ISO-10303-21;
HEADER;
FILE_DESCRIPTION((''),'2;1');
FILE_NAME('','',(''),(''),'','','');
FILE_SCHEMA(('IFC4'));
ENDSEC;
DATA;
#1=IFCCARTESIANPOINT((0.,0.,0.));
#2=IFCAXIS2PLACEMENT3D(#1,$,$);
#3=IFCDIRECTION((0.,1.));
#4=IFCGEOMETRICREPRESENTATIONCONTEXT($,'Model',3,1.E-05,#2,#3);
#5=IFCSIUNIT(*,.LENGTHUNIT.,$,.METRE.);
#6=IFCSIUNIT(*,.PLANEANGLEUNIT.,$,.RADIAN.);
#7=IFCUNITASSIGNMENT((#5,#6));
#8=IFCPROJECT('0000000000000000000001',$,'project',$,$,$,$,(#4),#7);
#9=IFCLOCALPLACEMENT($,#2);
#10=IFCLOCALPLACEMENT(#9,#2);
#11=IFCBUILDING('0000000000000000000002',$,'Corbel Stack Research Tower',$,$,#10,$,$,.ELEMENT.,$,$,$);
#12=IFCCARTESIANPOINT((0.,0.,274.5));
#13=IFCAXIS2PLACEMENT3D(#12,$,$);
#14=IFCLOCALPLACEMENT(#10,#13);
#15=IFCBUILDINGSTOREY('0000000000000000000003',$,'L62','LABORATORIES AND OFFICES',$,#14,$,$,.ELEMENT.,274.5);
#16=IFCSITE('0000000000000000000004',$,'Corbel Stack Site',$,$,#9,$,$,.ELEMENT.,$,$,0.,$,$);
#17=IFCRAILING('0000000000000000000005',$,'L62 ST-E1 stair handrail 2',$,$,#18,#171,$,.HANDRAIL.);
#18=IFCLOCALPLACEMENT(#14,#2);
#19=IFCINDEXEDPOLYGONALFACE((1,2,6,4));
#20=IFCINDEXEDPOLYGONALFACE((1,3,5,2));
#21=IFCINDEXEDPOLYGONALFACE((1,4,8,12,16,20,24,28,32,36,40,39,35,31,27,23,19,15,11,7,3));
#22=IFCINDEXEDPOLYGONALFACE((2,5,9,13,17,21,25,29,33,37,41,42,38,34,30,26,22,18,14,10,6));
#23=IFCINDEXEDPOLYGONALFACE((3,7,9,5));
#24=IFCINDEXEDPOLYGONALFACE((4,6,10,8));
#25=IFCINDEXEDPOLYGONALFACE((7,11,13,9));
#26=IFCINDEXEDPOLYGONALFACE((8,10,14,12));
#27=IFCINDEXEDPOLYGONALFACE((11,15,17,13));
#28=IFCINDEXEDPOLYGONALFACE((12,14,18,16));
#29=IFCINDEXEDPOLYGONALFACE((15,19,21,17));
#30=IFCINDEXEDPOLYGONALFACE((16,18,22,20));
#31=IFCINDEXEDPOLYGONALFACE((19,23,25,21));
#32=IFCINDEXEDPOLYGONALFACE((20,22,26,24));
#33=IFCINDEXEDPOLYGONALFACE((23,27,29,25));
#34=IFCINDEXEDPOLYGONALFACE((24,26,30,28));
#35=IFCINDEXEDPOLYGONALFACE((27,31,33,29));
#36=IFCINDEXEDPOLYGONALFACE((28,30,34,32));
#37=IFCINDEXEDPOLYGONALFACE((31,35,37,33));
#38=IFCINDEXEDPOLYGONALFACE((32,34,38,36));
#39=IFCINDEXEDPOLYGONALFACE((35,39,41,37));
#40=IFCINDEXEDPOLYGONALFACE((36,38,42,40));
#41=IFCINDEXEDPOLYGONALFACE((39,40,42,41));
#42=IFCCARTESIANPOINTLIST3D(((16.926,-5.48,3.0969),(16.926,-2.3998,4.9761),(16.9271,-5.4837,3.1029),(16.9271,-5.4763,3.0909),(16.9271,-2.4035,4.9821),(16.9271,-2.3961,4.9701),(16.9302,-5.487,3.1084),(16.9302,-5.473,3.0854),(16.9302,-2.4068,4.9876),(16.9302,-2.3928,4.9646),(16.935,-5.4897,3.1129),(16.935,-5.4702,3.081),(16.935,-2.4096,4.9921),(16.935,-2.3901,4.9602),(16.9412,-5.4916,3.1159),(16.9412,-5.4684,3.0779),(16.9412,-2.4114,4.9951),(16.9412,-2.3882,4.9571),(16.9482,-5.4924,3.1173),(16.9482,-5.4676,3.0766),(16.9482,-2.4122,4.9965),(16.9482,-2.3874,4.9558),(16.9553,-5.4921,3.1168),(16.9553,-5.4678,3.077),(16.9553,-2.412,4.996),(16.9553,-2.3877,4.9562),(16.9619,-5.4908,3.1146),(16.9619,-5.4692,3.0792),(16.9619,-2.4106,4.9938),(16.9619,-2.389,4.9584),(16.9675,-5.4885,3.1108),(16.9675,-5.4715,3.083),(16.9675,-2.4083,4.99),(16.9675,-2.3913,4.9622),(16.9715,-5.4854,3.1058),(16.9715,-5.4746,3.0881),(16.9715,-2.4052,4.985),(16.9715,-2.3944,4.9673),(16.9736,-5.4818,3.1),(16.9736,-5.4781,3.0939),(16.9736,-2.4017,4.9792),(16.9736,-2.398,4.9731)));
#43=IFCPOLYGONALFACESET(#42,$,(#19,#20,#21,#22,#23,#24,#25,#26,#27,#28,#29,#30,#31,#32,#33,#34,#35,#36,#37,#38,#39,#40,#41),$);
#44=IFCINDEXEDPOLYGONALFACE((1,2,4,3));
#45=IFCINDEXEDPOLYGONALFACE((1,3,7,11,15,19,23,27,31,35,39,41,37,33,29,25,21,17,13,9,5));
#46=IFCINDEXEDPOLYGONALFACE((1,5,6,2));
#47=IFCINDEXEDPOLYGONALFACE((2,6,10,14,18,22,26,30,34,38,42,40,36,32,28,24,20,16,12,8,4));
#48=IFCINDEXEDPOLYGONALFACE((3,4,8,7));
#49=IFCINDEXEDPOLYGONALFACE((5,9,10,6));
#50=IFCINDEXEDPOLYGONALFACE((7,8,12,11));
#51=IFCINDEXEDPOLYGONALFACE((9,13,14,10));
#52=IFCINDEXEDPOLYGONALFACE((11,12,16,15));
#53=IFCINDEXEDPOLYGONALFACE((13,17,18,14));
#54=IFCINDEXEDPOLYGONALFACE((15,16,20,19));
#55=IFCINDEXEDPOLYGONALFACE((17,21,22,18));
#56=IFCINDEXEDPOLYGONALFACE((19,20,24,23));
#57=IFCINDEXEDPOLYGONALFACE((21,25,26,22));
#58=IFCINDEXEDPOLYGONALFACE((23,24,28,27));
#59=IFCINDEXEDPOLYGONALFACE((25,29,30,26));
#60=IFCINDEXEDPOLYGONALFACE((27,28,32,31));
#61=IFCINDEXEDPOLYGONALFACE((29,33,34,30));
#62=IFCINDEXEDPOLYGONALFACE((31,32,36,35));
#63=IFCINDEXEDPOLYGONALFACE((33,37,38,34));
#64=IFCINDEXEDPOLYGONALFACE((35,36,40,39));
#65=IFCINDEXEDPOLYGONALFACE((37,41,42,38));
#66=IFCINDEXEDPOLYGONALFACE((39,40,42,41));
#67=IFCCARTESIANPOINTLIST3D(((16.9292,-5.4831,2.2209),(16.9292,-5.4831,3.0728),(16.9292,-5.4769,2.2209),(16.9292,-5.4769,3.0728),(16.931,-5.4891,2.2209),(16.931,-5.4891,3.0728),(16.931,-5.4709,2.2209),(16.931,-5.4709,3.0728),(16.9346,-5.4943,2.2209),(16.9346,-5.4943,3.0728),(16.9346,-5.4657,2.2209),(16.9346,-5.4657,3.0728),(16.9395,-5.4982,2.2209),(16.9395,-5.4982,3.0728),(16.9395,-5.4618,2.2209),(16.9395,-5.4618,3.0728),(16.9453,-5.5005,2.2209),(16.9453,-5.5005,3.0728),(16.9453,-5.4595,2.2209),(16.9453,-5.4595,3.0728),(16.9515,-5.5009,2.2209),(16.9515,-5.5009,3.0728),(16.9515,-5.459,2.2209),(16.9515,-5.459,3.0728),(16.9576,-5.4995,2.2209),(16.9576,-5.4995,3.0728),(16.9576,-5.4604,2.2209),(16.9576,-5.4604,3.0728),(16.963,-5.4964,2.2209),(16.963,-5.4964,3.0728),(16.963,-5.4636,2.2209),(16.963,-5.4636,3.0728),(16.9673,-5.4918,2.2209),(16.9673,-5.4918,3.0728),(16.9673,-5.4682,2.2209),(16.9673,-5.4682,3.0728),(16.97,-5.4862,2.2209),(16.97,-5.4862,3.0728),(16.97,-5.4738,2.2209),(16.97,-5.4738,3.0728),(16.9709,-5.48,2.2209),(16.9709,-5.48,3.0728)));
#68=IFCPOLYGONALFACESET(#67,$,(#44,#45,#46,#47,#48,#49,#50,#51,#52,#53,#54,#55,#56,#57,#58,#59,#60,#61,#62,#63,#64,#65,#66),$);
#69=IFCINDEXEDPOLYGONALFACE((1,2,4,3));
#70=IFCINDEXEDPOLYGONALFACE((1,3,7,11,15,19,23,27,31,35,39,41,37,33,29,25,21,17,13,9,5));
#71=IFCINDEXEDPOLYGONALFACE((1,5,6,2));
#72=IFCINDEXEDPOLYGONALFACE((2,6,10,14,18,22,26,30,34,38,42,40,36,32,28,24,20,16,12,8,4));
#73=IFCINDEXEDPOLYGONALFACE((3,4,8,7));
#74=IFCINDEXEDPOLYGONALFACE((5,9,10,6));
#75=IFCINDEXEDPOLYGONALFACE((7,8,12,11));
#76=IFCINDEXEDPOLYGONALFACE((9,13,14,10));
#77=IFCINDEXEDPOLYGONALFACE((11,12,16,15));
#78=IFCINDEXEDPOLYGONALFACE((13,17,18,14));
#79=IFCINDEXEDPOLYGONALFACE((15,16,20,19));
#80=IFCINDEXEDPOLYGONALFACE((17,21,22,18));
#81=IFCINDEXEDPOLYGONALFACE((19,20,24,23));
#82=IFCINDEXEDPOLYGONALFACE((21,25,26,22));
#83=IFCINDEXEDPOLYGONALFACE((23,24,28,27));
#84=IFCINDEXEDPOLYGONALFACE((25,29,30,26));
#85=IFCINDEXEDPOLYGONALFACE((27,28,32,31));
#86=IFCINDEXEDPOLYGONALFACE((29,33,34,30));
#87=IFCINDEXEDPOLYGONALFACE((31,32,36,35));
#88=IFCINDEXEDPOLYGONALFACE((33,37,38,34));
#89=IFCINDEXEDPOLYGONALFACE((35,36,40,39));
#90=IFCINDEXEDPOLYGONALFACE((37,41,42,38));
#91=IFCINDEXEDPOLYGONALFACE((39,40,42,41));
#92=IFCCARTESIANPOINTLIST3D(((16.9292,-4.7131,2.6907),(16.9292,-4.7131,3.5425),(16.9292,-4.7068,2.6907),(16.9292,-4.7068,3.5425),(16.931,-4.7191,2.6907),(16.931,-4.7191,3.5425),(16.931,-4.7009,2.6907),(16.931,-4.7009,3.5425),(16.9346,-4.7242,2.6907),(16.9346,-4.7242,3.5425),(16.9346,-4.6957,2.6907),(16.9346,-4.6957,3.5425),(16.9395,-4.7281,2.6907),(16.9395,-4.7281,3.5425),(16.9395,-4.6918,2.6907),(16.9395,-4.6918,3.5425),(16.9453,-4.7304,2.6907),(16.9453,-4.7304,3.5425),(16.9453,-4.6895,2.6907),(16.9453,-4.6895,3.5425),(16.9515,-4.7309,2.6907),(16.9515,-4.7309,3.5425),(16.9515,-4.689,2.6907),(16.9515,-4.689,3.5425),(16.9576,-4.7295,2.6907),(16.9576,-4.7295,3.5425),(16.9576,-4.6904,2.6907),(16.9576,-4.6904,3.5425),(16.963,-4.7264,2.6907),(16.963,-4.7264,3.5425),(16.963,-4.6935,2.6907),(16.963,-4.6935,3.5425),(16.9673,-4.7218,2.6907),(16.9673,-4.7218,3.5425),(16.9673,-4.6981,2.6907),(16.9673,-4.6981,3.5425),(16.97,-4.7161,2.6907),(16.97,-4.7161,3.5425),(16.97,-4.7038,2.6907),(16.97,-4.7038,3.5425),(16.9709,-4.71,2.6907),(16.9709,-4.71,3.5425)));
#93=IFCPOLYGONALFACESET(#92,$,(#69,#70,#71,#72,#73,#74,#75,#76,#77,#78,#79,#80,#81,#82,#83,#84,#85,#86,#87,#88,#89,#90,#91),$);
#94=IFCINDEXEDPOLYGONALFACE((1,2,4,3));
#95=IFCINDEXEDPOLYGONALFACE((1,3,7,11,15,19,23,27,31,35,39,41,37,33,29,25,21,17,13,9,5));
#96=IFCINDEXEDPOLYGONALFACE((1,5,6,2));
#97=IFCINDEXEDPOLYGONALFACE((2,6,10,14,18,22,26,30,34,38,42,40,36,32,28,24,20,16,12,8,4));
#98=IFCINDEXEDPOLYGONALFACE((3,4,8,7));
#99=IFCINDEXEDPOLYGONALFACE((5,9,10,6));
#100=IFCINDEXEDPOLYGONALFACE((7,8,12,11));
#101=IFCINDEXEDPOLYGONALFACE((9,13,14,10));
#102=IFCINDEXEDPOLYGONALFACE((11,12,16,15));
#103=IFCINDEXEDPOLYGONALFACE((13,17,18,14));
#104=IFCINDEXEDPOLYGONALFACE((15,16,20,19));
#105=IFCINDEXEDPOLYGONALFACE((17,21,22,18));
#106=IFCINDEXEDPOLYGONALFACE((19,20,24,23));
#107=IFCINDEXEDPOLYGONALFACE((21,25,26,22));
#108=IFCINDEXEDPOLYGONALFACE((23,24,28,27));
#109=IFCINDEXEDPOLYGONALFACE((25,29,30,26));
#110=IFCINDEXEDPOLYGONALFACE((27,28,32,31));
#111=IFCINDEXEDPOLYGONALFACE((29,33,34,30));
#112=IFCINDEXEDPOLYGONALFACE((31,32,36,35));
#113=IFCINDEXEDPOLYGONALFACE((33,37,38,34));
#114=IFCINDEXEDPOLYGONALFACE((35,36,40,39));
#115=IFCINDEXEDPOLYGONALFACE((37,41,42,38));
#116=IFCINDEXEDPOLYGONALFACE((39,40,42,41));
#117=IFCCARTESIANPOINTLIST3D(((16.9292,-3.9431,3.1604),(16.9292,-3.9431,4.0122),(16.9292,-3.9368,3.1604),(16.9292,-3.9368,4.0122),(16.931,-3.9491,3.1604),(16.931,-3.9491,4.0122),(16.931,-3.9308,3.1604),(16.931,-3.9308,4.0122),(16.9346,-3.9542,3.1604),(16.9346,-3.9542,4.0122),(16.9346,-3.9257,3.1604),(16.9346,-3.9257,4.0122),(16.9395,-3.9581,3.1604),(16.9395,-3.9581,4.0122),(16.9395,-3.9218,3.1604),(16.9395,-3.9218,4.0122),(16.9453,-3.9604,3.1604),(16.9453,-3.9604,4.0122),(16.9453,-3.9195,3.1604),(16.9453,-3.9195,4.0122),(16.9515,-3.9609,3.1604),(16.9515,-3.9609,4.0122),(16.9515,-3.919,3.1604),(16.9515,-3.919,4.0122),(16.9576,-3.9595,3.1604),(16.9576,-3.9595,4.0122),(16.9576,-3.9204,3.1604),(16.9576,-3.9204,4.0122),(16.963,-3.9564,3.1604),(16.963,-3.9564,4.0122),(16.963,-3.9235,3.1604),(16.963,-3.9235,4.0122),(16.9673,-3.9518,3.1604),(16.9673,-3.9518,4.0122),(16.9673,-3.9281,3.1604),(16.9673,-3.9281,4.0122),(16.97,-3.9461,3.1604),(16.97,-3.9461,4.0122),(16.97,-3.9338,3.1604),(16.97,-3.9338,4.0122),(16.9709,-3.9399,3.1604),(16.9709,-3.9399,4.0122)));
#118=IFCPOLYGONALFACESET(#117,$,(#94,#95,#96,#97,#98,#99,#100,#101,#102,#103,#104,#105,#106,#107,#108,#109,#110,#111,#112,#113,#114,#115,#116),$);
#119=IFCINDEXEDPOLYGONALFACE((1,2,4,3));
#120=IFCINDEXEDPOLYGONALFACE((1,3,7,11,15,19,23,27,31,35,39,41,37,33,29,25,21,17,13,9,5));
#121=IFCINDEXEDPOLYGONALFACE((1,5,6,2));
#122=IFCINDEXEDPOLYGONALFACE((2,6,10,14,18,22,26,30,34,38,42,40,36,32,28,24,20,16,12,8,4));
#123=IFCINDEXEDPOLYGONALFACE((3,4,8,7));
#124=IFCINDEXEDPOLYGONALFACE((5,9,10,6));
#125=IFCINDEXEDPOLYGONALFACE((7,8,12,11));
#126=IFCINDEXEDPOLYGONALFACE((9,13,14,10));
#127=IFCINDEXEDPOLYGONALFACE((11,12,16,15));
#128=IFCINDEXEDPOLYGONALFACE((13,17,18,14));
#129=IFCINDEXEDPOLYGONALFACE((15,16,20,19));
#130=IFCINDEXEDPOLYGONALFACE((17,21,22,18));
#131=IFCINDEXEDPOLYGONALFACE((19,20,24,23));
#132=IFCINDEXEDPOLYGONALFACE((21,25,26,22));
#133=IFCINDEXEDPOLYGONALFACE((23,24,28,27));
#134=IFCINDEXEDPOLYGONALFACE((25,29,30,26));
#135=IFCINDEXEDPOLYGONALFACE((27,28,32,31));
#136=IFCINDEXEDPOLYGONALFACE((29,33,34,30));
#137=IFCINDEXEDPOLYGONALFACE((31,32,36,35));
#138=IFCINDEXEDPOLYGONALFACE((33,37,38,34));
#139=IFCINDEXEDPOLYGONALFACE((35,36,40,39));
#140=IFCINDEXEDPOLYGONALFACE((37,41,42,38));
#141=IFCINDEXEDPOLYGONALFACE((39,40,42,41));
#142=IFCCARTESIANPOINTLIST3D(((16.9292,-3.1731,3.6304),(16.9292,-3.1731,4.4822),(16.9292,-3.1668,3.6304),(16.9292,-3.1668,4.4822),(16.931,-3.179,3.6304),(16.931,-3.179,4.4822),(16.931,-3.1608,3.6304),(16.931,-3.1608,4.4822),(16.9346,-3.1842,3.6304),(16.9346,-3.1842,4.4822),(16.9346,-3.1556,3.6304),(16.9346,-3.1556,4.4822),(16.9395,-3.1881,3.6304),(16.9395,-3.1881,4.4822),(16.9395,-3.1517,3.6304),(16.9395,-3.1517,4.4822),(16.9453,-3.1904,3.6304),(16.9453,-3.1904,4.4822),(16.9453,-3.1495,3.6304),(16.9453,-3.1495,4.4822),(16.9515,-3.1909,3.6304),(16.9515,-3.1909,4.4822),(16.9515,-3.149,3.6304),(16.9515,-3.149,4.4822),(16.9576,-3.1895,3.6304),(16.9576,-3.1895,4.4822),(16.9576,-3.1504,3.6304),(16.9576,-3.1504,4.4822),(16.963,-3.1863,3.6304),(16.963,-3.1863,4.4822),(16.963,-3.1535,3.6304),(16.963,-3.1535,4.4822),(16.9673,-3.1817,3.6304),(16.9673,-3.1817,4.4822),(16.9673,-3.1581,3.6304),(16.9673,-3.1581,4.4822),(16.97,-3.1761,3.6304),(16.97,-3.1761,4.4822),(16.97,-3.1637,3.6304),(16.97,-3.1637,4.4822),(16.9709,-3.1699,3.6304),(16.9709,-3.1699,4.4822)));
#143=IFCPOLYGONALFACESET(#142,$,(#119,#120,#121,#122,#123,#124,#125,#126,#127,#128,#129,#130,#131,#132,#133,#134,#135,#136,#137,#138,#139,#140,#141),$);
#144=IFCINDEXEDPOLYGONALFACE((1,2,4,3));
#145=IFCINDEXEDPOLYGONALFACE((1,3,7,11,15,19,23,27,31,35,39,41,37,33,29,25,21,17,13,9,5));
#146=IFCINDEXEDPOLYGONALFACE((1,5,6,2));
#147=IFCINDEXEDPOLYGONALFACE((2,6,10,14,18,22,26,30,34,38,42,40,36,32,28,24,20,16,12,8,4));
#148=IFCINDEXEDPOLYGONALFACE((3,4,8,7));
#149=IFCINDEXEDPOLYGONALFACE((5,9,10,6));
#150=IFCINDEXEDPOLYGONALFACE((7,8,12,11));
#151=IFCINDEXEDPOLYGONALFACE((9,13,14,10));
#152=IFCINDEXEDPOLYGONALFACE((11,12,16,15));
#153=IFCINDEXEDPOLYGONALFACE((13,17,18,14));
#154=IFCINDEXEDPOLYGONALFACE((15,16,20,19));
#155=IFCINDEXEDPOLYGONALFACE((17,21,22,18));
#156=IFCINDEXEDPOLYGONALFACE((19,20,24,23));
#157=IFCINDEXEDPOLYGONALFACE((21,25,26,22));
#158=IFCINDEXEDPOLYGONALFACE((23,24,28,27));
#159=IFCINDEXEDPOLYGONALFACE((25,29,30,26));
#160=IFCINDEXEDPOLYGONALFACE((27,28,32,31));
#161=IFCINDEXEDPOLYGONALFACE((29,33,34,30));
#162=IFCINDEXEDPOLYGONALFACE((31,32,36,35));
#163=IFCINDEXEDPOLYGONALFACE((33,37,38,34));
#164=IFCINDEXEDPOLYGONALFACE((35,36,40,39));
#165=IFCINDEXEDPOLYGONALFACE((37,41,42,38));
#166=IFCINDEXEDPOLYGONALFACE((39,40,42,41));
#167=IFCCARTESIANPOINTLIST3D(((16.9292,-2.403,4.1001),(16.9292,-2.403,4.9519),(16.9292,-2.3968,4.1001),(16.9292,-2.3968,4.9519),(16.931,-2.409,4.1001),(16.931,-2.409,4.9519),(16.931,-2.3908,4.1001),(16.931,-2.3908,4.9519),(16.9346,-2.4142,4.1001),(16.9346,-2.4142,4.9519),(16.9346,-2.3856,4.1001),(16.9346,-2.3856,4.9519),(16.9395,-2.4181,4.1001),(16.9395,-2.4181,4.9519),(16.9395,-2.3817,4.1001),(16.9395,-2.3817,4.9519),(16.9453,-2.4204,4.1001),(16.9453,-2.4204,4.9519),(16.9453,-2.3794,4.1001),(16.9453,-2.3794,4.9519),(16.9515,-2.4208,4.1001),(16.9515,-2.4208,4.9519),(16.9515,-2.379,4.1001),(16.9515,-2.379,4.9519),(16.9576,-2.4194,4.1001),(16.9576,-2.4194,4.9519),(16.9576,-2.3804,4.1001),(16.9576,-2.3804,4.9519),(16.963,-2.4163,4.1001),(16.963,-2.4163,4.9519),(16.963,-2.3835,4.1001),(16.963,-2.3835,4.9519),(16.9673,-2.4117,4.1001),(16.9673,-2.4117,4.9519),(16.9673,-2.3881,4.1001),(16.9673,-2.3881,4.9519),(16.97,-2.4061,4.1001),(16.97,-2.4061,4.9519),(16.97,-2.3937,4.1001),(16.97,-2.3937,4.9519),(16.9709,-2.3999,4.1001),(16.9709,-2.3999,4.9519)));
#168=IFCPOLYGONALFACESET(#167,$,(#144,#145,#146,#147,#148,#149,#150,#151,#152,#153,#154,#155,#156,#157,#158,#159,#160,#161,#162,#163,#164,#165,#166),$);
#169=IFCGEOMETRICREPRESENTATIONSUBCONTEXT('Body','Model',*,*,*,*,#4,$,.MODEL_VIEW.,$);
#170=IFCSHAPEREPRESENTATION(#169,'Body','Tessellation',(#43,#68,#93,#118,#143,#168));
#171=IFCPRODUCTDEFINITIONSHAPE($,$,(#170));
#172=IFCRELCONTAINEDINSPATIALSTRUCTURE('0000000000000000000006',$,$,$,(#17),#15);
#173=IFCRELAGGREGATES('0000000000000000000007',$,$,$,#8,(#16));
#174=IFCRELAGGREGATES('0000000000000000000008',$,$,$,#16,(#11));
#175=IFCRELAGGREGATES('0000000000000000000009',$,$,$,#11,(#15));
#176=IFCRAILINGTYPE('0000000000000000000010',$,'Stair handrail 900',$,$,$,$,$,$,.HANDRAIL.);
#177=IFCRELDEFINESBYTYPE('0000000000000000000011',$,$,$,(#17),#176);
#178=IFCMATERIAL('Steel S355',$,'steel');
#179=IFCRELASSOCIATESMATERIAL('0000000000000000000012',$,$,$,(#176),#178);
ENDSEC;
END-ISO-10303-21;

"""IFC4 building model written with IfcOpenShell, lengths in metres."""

from ifc_helpers import new_model, si_unit, direction, frame, origin, origin_2d, place, context, subcontext, project, spatial, circle, extrude, material, type_object, element, save


model = new_model("IFC4")

# Units and contexts
model_context = context("Model", 3, precision=1e-05, world=origin(), true_north=direction((0.0, 1.0)))
body_context = subcontext(model_context, "Body", "Model", "MODEL_VIEW")
ifc_project = project(units=[si_unit("LENGTHUNIT", "METRE"), si_unit("PLANEANGLEUNIT", "RADIAN")], contexts=[model_context])

# Site, building, storey
site_placement = place(None, origin())
site = spatial("IfcSite", under=ifc_project, at=site_placement, Name="Corbel Stack Site", CompositionType="ELEMENT", RefElevation=0.0)
building_placement = place(site_placement, origin())
building = spatial("IfcBuilding", under=site, at=building_placement, Name="Corbel Stack Research Tower", CompositionType="ELEMENT")
storey_placement = place(building_placement, frame((0.0, 0.0, 274.5)))
storey = spatial("IfcBuildingStorey", under=building, at=storey_placement, Name="L62", Description="LABORATORIES AND OFFICES", CompositionType="ELEMENT", Elevation=274.5)

# Railing
ifc_material_1 = material(Name="Steel S355", Category="steel")
railing_type_1 = type_object("IfcRailingType", Name="Stair handrail 900", PredefinedType="HANDRAIL", material=ifc_material_1)
railing_1_placement = place(storey_placement, frame((16.95, -5.48, 2.2209)))
element("IfcRailing", 1, at=railing_1_placement, inside=storey, type_object=railing_type_1, Name="L62 ST-E1 stair handrail 2", PredefinedType="HANDRAIL", context=body_context, shape_type="SweptSolid", body=[
    extrude(circle(Radius=0.0239, at=origin_2d()), frame((0.0, 0.0, 0.876), z_axis=(0.0, 0.853666, 0.52082), x_axis=(-1.0, 0.0, 0.0)), (0.0, 0.0, 1.0), 3.6082),
    extrude(circle(Radius=0.021, at=origin_2d()), origin(), (0.0, 0.0, 1.0), 0.8518),
    extrude(circle(Radius=0.021, at=origin_2d()), frame((0.0, 0.77, 0.4697)), (0.0, 0.0, 1.0), 0.8518),
    extrude(circle(Radius=0.021, at=origin_2d()), frame((0.0, 1.54, 0.9395)), (0.0, 0.0, 1.0), 0.8518),
    extrude(circle(Radius=0.021, at=origin_2d()), frame((0.0, 2.3101, 1.4094)), (0.0, 0.0, 1.0), 0.8518),
    extrude(circle(Radius=0.021, at=origin_2d()), frame((0.0, 3.0801, 1.8792)), (0.0, 0.0, 1.0), 0.8518),
])

save(model, "model.ifc")
